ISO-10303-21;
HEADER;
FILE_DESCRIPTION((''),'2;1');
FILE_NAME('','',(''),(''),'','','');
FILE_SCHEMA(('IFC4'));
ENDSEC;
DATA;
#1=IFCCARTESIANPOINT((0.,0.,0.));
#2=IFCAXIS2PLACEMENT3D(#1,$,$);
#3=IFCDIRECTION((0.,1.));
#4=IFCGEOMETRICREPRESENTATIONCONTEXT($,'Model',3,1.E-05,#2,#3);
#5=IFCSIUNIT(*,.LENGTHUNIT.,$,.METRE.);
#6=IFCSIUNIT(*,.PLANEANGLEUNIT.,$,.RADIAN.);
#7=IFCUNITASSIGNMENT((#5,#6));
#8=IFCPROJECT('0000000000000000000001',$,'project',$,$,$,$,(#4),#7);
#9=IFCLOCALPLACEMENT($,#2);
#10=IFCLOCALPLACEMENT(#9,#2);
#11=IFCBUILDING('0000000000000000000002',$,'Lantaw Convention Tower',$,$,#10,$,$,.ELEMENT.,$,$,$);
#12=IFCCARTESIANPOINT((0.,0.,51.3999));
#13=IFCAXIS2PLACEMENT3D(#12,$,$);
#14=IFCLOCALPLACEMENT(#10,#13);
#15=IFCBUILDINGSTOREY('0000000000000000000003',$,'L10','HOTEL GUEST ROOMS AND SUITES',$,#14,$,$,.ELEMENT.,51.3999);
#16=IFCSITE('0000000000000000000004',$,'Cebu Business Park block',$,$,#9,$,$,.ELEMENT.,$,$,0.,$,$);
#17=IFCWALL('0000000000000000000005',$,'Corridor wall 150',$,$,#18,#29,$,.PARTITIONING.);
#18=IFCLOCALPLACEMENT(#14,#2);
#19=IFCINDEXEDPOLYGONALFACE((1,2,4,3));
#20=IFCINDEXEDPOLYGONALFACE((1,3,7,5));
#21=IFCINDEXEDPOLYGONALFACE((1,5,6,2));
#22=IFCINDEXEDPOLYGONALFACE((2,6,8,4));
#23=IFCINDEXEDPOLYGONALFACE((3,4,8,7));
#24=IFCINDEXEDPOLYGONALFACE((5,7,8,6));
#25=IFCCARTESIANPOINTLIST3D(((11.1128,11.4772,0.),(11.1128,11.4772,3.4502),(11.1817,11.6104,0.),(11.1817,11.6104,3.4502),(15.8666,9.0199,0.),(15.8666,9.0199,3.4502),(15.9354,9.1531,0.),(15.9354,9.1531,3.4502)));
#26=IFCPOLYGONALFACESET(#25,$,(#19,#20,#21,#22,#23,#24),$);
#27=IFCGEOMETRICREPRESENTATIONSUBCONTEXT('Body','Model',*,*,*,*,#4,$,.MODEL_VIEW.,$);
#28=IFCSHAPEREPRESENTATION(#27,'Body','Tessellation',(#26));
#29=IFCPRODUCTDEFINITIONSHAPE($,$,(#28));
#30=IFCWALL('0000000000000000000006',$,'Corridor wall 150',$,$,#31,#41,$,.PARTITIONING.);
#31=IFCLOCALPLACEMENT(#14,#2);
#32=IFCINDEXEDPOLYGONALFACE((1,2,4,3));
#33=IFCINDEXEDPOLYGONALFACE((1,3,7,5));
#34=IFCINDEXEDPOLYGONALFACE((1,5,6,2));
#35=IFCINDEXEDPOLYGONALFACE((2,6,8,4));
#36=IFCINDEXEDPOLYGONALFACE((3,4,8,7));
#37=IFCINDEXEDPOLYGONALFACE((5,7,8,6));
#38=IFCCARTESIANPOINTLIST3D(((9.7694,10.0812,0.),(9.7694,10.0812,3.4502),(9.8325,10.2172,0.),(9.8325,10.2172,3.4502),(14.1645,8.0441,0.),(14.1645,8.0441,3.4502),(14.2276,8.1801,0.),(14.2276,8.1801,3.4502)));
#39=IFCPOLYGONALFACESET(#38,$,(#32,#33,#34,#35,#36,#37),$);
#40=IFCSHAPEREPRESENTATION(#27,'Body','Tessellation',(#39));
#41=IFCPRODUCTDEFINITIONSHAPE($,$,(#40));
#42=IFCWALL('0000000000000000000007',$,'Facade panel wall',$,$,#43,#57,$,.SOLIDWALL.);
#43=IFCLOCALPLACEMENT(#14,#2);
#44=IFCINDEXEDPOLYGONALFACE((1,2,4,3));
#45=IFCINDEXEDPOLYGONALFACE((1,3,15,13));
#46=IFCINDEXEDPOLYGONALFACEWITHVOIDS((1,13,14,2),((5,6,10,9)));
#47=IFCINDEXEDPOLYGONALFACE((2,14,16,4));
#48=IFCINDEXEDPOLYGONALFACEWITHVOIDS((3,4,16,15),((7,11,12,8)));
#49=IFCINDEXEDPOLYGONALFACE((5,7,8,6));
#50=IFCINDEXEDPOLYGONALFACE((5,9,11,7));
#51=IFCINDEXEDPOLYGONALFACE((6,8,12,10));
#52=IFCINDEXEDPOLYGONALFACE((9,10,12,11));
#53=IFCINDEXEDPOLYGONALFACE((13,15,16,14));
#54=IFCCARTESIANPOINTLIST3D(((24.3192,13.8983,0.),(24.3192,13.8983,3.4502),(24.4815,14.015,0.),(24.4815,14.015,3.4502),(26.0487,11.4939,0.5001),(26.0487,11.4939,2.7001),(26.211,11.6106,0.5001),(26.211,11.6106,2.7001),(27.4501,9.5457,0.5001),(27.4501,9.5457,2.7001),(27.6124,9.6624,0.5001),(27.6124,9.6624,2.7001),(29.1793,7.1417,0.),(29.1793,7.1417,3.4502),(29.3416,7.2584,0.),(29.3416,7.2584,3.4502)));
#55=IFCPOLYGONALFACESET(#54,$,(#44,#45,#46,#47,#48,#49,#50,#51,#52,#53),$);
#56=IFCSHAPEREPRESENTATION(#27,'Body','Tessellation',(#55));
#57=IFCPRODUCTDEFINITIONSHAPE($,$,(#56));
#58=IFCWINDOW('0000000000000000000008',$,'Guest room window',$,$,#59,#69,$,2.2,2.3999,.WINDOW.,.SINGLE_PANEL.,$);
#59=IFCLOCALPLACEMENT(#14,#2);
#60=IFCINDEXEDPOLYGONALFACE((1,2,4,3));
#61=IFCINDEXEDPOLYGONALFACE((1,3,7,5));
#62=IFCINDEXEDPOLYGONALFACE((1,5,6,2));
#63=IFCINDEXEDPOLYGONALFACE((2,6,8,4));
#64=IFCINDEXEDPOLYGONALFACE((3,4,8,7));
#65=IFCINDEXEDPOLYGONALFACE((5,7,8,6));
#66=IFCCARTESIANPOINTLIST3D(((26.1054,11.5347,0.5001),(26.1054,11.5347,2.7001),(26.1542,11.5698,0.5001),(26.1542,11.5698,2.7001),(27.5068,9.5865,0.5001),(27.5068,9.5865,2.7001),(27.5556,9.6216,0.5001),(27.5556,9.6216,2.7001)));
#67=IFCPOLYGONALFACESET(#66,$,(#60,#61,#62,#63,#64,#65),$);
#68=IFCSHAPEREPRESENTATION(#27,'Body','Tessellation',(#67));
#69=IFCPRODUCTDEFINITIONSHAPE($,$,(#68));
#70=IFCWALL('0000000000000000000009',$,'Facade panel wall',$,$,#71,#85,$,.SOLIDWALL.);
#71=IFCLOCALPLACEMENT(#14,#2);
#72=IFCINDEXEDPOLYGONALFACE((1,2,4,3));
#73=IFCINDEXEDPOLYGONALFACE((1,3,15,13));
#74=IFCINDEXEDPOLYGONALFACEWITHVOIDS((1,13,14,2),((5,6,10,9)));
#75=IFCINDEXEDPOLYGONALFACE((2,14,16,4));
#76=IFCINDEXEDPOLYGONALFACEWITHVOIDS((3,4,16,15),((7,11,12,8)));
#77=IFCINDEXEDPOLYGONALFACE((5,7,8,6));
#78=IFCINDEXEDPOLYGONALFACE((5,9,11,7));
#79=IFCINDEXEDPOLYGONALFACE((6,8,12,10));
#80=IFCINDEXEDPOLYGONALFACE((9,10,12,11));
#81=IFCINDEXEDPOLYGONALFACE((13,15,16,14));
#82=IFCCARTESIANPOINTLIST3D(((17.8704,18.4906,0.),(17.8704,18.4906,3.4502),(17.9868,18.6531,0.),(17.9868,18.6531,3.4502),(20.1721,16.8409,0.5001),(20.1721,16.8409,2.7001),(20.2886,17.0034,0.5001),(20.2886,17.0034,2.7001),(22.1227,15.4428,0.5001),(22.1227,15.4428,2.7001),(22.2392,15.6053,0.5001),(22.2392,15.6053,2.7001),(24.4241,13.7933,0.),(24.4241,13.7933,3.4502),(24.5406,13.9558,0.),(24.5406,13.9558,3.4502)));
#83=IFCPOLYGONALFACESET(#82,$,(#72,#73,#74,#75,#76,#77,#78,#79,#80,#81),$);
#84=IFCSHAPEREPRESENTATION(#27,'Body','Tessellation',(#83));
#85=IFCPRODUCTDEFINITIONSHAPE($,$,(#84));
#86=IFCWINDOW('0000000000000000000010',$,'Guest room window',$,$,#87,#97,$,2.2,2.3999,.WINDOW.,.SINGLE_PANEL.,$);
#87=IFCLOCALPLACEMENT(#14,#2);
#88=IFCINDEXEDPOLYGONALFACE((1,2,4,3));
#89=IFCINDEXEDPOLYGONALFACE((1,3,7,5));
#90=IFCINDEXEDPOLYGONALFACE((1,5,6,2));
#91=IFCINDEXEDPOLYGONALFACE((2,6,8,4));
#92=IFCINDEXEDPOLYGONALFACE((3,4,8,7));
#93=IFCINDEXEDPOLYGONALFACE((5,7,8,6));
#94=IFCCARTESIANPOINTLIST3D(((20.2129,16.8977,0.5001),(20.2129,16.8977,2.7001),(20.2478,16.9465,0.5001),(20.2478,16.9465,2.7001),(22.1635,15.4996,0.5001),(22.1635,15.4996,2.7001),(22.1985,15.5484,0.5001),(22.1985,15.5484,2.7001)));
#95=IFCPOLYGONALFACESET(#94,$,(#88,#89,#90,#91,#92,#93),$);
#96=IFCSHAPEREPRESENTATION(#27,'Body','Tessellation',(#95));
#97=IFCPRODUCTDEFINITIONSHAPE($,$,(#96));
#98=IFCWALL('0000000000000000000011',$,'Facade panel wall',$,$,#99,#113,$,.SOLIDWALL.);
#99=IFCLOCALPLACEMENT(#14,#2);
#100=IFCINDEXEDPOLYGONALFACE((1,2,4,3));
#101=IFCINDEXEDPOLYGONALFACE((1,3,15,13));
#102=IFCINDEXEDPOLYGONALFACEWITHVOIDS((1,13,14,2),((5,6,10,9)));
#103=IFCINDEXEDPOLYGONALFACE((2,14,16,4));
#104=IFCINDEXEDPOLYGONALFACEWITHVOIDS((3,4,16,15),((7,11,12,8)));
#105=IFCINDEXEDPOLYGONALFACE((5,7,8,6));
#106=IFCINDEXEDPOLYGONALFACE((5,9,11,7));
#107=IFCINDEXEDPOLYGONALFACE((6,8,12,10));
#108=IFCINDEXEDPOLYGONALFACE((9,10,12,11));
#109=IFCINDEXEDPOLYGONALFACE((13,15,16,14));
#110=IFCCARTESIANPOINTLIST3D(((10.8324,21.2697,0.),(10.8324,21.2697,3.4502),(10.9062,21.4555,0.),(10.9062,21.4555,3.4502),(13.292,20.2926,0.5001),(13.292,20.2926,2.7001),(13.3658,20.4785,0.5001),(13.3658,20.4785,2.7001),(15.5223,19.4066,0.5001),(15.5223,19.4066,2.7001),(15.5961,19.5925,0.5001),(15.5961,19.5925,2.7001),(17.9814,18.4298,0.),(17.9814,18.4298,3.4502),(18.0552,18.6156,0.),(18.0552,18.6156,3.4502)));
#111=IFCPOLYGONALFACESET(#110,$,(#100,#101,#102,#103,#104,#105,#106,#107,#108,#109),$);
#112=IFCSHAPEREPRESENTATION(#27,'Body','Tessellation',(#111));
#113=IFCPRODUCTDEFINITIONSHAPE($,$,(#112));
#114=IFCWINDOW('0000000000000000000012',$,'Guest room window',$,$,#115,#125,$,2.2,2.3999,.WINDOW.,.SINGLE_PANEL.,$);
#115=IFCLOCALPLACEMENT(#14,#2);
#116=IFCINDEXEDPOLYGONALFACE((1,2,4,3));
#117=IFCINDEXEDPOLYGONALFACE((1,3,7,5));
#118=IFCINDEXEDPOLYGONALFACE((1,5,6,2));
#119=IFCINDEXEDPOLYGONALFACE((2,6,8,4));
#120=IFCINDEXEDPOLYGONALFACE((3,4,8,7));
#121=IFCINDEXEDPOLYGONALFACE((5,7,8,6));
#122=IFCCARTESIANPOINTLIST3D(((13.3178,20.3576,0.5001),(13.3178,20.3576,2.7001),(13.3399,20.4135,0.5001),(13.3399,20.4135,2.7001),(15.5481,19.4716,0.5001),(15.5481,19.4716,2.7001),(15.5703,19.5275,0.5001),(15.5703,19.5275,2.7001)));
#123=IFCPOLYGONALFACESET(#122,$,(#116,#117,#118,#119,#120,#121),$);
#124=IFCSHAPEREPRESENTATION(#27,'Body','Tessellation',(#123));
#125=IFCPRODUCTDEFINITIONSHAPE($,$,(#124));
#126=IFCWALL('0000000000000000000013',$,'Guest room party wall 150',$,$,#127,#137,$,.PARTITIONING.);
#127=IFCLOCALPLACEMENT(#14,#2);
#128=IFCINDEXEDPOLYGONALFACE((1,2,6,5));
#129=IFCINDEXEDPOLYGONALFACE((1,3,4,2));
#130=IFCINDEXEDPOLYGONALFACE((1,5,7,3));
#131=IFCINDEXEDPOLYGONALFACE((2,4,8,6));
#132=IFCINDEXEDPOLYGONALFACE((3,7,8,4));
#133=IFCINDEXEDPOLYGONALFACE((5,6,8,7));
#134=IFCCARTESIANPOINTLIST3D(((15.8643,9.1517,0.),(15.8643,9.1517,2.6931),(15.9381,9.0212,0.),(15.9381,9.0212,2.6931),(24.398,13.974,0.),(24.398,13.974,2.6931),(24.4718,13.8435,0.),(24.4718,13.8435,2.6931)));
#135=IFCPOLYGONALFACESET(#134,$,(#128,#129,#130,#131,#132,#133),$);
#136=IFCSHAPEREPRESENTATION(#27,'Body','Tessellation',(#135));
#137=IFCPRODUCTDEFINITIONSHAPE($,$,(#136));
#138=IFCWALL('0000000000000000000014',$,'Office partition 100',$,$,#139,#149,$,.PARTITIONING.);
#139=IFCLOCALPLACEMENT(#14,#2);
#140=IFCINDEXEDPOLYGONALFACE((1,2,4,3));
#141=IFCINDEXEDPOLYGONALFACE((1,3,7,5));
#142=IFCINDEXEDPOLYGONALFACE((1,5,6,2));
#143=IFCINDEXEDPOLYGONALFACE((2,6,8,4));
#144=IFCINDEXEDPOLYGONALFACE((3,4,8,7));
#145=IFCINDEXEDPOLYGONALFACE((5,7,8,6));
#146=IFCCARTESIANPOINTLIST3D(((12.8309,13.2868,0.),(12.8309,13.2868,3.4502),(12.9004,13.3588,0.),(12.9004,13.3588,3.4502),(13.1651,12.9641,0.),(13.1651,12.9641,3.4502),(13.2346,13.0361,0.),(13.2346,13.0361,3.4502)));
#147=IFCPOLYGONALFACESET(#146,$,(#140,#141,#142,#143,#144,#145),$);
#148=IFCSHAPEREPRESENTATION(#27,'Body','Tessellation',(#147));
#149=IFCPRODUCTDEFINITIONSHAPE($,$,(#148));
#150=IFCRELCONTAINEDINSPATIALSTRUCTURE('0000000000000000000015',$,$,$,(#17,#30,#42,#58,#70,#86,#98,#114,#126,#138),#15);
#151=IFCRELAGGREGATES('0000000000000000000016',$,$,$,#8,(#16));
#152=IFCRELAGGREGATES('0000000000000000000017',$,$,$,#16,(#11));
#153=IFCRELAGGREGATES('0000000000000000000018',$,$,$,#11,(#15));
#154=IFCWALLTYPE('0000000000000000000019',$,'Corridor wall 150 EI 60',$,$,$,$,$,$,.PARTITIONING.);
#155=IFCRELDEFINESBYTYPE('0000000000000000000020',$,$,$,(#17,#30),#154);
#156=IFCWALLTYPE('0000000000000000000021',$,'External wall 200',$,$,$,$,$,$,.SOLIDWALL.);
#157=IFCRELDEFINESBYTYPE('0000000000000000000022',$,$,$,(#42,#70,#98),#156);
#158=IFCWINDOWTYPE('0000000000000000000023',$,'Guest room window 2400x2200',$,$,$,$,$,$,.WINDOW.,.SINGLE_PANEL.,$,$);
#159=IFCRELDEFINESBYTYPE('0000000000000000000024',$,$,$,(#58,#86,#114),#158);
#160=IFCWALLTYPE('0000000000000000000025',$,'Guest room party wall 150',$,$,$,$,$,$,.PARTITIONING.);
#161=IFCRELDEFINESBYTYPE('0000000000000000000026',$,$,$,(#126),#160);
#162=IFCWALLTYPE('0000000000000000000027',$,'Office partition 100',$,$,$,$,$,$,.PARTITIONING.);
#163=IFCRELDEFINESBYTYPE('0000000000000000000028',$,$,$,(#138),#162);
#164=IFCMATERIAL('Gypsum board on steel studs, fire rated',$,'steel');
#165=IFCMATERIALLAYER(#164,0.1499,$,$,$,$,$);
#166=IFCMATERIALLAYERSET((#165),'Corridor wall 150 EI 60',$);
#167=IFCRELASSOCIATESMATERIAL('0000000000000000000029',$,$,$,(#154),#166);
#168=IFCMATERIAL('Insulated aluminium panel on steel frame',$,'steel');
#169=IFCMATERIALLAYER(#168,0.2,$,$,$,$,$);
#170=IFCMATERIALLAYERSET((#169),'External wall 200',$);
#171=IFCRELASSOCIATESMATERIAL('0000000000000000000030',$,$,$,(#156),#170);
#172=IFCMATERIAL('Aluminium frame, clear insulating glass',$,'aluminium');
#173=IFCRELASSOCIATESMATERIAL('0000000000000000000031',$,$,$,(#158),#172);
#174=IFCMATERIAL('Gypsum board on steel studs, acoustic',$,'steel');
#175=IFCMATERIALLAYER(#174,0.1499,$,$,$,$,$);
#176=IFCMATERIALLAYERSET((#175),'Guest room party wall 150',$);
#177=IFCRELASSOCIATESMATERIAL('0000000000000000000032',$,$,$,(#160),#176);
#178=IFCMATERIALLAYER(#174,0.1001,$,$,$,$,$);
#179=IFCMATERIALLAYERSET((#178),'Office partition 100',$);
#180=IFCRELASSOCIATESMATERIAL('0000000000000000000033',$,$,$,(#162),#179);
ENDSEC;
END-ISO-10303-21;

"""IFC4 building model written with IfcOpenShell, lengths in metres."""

from ifc_helpers import new_model, si_unit, direction, frame, frame_2d, origin, place, context, subcontext, project, spatial, rectangle, extrude, material, layer, layer_set, type_object, element, fill, save


model = new_model("IFC4")

# Units and contexts
model_context = context("Model", 3, precision=1e-05, world=origin(), true_north=direction((0.0, 1.0)))
body_context = subcontext(model_context, "Body", "Model", "MODEL_VIEW")
ifc_project = project(units=[si_unit("LENGTHUNIT", "METRE"), si_unit("PLANEANGLEUNIT", "RADIAN")], contexts=[model_context])

# Site, building, storey
site_placement = place(None, origin())
site = spatial("IfcSite", under=ifc_project, at=site_placement, Name="Cebu Business Park block", CompositionType="ELEMENT", RefElevation=0.0)
building_placement = place(site_placement, origin())
building = spatial("IfcBuilding", under=site, at=building_placement, Name="Lantaw Convention Tower", CompositionType="ELEMENT")
storey_placement = place(building_placement, frame((0.0, 0.0, 51.3999)))
storey = spatial("IfcBuildingStorey", under=building, at=storey_placement, Name="L10", Description="HOTEL GUEST ROOMS AND SUITES", CompositionType="ELEMENT", Elevation=51.3999)

# Walls
ifc_material_1 = material(Name="Gypsum board on steel studs, fire rated", Category="steel")
ifc_layer_1 = layer(ifc_material_1, 0.1499)
ifc_layer_set_1 = layer_set([ifc_layer_1], Name="Corridor wall 150 EI 60")
wall_type_1 = type_object("IfcWallType", Name="Corridor wall 150 EI 60", PredefinedType="PARTITIONING", material=ifc_layer_set_1)
wall_1_placement = place(storey_placement, frame((15.9011, 9.0864, 0.0), z_axis=(0.0, 0.0, 1.0), x_axis=(-0.888333, 0.459199, 0.0)))
element("IfcWall", 1, at=wall_1_placement, inside=storey, type_object=wall_type_1, Name="Corridor wall 150", PredefinedType="PARTITIONING", context=body_context, shape_type="SweptSolid", body=[
    extrude(rectangle(XDim=5.3513, YDim=0.1499, at=frame_2d((2.6758, 0.0))), origin(), (0.0, 0.0, 1.0), 3.4502),
])
wall_2_placement = place(storey_placement, frame((14.196, 8.1121, 0.0), z_axis=(0.0, 0.0, 1.0), x_axis=(-0.90728, 0.420528, 0.0)))
element("IfcWall", 2, at=wall_2_placement, inside=storey, type_object=wall_type_1, Name="Corridor wall 150", PredefinedType="PARTITIONING", context=body_context, shape_type="SweptSolid", body=[
    extrude(rectangle(XDim=4.8442, YDim=0.1499, at=frame_2d((2.4221, 0.0))), origin(), (0.0, 0.0, 1.0), 3.4502),
])

# Walls, openings, windows
ifc_material_2 = material(Name="Insulated aluminium panel on steel frame", Category="steel")
ifc_layer_2 = layer(ifc_material_2, 0.2)
ifc_layer_set_2 = layer_set([ifc_layer_2], Name="External wall 200")
wall_type_2 = type_object("IfcWallType", Name="External wall 200", PredefinedType="SOLIDWALL", material=ifc_layer_set_2)
wall_3_placement = place(storey_placement, frame((29.2605, 7.2, 0.0), z_axis=(0.0, 0.0, 1.0), x_axis=(-0.583938, 0.811799, 0.0)))
wall_3 = element("IfcWall", 3, at=wall_3_placement, inside=storey, type_object=wall_type_2, Name="Facade panel wall", PredefinedType="SOLIDWALL", context=body_context, shape_type="SweptSolid", body=[
    extrude(rectangle(XDim=8.323, YDim=0.2, at=frame_2d((4.1616, 0.0))), origin(), (0.0, 0.0, 1.0), 3.4502),
])
opening_1_placement = place(wall_3_placement, frame((2.9614, 0.0, 0.5)))
opening_1 = element("IfcOpeningElement", 4, at=opening_1_placement, cuts=wall_3, PredefinedType="OPENING", context=body_context, shape_type="SweptSolid", body=[
    extrude(rectangle(XDim=2.3999, YDim=2.2, at=frame_2d((1.2, 1.1001))), frame((0.0, 0.1099, 0.0), z_axis=(0.0, -1.0, 0.0), x_axis=(1.0, 0.0, 0.0)), (0.0, 0.0, 1.0), 0.22),
])
ifc_material_3 = material(Name="Aluminium frame, clear insulating glass", Category="aluminium")
window_type = type_object("IfcWindowType", Name="Guest room window 2400x2200", PartitioningType="SINGLE_PANEL", PredefinedType="WINDOW", material=ifc_material_3)
window_1_placement = place(opening_1_placement, origin())
window_1 = element("IfcWindow", 5, at=window_1_placement, inside=storey, type_object=window_type, Name="Guest room window", OverallHeight=2.2, OverallWidth=2.3999, PartitioningType="SINGLE_PANEL", PredefinedType="WINDOW", context=body_context, shape_type="SweptSolid", body=[
    extrude(rectangle(XDim=2.3999, YDim=2.2, at=frame_2d((1.2, 1.1001))), frame((0.0, 0.03, 0.0), z_axis=(0.0, -1.0, 0.0), x_axis=(1.0, 0.0, 0.0)), (0.0, 0.0, 1.0), 0.0601),
])
fill(opening_1, window_1)
wall_4_placement = place(storey_placement, frame((24.4824, 13.8745, 0.0), z_axis=(0.0, 0.0, 1.0), x_axis=(-0.812791, 0.582555, 0.0)))
wall_4 = element("IfcWall", 6, at=wall_4_placement, inside=storey, type_object=wall_type_2, Name="Facade panel wall", PredefinedType="SOLIDWALL", context=body_context, shape_type="SweptSolid", body=[
    extrude(rectangle(XDim=8.0632, YDim=0.2, at=frame_2d((4.0317, 0.0))), origin(), (0.0, 0.0, 1.0), 3.4502),
])
opening_2_placement = place(wall_4_placement, frame((2.8315, 0.0, 0.5)))
opening_2 = element("IfcOpeningElement", 7, at=opening_2_placement, cuts=wall_4, PredefinedType="OPENING", context=body_context, shape_type="SweptSolid", body=[
    extrude(rectangle(XDim=2.3999, YDim=2.2, at=frame_2d((1.2, 1.1001))), frame((0.0, 0.1099, 0.0), z_axis=(0.0, -1.0, 0.0), x_axis=(1.0, 0.0, 0.0)), (0.0, 0.0, 1.0), 0.22),
])
window_2_placement = place(opening_2_placement, origin())
window_2 = element("IfcWindow", 8, at=window_2_placement, inside=storey, type_object=window_type, Name="Guest room window", OverallHeight=2.2, OverallWidth=2.3999, PartitioningType="SINGLE_PANEL", PredefinedType="WINDOW", context=body_context, shape_type="SweptSolid", body=[
    extrude(rectangle(XDim=2.3999, YDim=2.2, at=frame_2d((1.2, 1.1001))), frame((0.0, 0.03, 0.0), z_axis=(0.0, -1.0, 0.0), x_axis=(1.0, 0.0, 0.0)), (0.0, 0.0, 1.0), 0.0601),
])
fill(opening_2, window_2)
wall_5_placement = place(storey_placement, frame((18.0183, 18.5227, 0.0), z_axis=(0.0, 0.0, 1.0), x_axis=(-0.929358, 0.369179, 0.0)))
wall_5 = element("IfcWall", 9, at=wall_5_placement, inside=storey, type_object=wall_type_2, Name="Facade panel wall", PredefinedType="SOLIDWALL", context=body_context, shape_type="SweptSolid", body=[
    extrude(rectangle(XDim=7.6924, YDim=0.2, at=frame_2d((3.8462, 0.0))), origin(), (0.0, 0.0, 1.0), 3.4502),
])
opening_3_placement = place(wall_5_placement, frame((2.646, 0.0, 0.5)))
opening_3 = element("IfcOpeningElement", 10, at=opening_3_placement, cuts=wall_5, PredefinedType="OPENING", context=body_context, shape_type="SweptSolid", body=[
    extrude(rectangle(XDim=2.3999, YDim=2.2, at=frame_2d((1.2, 1.1001))), frame((0.0, 0.1099, 0.0), z_axis=(0.0, -1.0, 0.0), x_axis=(1.0, 0.0, 0.0)), (0.0, 0.0, 1.0), 0.22),
])
window_3_placement = place(opening_3_placement, origin())
window_3 = element("IfcWindow", 11, at=window_3_placement, inside=storey, type_object=window_type, Name="Guest room window", OverallHeight=2.2, OverallWidth=2.3999, PartitioningType="SINGLE_PANEL", PredefinedType="WINDOW", context=body_context, shape_type="SweptSolid", body=[
    extrude(rectangle(XDim=2.3999, YDim=2.2, at=frame_2d((1.2, 1.1001))), frame((0.0, 0.03, 0.0), z_axis=(0.0, -1.0, 0.0), x_axis=(1.0, 0.0, 0.0)), (0.0, 0.0, 1.0), 0.0601),
])
fill(opening_3, window_3)

# Walls
ifc_material_4 = material(Name="Gypsum board on steel studs, acoustic", Category="steel")
ifc_layer_3 = layer(ifc_material_4, 0.1499)
ifc_layer_set_3 = layer_set([ifc_layer_3], Name="Guest room party wall 150")
wall_type_3 = type_object("IfcWallType", Name="Guest room party wall 150", PredefinedType="PARTITIONING", material=ifc_layer_set_3)
wall_6_placement = place(storey_placement, frame((24.4348, 13.9087, 0.0), z_axis=(0.0, 0.0, 1.0), x_axis=(-0.870612, -0.49197, 0.0)))
element("IfcWall", 12, at=wall_6_placement, inside=storey, type_object=wall_type_3, Name="Guest room party wall 150", PredefinedType="PARTITIONING", context=body_context, shape_type="SweptSolid", body=[
    extrude(rectangle(XDim=9.802, YDim=0.1499, at=frame_2d((4.9009, 0.0))), origin(), (0.0, 0.0, 1.0), 2.6931),
])
ifc_layer_4 = layer(ifc_material_4, 0.1001)
ifc_layer_set_4 = layer_set([ifc_layer_4], Name="Office partition 100")
wall_type_4 = type_object("IfcWallType", Name="Office partition 100", PredefinedType="PARTITIONING", material=ifc_layer_set_4)
wall_7_placement = place(storey_placement, frame((13.2, 13.0, 0.0), z_axis=(0.0, 0.0, 1.0), x_axis=(-0.719347, 0.694651, 0.0)))
element("IfcWall", 13, at=wall_7_placement, inside=storey, type_object=wall_type_4, Name="Office partition 100", PredefinedType="PARTITIONING", context=body_context, shape_type="SweptSolid", body=[
    extrude(rectangle(XDim=0.4646, YDim=0.1001, at=frame_2d((0.2324, 0.0))), origin(), (0.0, 0.0, 1.0), 3.4502),
])

save(model, "model.ifc")
